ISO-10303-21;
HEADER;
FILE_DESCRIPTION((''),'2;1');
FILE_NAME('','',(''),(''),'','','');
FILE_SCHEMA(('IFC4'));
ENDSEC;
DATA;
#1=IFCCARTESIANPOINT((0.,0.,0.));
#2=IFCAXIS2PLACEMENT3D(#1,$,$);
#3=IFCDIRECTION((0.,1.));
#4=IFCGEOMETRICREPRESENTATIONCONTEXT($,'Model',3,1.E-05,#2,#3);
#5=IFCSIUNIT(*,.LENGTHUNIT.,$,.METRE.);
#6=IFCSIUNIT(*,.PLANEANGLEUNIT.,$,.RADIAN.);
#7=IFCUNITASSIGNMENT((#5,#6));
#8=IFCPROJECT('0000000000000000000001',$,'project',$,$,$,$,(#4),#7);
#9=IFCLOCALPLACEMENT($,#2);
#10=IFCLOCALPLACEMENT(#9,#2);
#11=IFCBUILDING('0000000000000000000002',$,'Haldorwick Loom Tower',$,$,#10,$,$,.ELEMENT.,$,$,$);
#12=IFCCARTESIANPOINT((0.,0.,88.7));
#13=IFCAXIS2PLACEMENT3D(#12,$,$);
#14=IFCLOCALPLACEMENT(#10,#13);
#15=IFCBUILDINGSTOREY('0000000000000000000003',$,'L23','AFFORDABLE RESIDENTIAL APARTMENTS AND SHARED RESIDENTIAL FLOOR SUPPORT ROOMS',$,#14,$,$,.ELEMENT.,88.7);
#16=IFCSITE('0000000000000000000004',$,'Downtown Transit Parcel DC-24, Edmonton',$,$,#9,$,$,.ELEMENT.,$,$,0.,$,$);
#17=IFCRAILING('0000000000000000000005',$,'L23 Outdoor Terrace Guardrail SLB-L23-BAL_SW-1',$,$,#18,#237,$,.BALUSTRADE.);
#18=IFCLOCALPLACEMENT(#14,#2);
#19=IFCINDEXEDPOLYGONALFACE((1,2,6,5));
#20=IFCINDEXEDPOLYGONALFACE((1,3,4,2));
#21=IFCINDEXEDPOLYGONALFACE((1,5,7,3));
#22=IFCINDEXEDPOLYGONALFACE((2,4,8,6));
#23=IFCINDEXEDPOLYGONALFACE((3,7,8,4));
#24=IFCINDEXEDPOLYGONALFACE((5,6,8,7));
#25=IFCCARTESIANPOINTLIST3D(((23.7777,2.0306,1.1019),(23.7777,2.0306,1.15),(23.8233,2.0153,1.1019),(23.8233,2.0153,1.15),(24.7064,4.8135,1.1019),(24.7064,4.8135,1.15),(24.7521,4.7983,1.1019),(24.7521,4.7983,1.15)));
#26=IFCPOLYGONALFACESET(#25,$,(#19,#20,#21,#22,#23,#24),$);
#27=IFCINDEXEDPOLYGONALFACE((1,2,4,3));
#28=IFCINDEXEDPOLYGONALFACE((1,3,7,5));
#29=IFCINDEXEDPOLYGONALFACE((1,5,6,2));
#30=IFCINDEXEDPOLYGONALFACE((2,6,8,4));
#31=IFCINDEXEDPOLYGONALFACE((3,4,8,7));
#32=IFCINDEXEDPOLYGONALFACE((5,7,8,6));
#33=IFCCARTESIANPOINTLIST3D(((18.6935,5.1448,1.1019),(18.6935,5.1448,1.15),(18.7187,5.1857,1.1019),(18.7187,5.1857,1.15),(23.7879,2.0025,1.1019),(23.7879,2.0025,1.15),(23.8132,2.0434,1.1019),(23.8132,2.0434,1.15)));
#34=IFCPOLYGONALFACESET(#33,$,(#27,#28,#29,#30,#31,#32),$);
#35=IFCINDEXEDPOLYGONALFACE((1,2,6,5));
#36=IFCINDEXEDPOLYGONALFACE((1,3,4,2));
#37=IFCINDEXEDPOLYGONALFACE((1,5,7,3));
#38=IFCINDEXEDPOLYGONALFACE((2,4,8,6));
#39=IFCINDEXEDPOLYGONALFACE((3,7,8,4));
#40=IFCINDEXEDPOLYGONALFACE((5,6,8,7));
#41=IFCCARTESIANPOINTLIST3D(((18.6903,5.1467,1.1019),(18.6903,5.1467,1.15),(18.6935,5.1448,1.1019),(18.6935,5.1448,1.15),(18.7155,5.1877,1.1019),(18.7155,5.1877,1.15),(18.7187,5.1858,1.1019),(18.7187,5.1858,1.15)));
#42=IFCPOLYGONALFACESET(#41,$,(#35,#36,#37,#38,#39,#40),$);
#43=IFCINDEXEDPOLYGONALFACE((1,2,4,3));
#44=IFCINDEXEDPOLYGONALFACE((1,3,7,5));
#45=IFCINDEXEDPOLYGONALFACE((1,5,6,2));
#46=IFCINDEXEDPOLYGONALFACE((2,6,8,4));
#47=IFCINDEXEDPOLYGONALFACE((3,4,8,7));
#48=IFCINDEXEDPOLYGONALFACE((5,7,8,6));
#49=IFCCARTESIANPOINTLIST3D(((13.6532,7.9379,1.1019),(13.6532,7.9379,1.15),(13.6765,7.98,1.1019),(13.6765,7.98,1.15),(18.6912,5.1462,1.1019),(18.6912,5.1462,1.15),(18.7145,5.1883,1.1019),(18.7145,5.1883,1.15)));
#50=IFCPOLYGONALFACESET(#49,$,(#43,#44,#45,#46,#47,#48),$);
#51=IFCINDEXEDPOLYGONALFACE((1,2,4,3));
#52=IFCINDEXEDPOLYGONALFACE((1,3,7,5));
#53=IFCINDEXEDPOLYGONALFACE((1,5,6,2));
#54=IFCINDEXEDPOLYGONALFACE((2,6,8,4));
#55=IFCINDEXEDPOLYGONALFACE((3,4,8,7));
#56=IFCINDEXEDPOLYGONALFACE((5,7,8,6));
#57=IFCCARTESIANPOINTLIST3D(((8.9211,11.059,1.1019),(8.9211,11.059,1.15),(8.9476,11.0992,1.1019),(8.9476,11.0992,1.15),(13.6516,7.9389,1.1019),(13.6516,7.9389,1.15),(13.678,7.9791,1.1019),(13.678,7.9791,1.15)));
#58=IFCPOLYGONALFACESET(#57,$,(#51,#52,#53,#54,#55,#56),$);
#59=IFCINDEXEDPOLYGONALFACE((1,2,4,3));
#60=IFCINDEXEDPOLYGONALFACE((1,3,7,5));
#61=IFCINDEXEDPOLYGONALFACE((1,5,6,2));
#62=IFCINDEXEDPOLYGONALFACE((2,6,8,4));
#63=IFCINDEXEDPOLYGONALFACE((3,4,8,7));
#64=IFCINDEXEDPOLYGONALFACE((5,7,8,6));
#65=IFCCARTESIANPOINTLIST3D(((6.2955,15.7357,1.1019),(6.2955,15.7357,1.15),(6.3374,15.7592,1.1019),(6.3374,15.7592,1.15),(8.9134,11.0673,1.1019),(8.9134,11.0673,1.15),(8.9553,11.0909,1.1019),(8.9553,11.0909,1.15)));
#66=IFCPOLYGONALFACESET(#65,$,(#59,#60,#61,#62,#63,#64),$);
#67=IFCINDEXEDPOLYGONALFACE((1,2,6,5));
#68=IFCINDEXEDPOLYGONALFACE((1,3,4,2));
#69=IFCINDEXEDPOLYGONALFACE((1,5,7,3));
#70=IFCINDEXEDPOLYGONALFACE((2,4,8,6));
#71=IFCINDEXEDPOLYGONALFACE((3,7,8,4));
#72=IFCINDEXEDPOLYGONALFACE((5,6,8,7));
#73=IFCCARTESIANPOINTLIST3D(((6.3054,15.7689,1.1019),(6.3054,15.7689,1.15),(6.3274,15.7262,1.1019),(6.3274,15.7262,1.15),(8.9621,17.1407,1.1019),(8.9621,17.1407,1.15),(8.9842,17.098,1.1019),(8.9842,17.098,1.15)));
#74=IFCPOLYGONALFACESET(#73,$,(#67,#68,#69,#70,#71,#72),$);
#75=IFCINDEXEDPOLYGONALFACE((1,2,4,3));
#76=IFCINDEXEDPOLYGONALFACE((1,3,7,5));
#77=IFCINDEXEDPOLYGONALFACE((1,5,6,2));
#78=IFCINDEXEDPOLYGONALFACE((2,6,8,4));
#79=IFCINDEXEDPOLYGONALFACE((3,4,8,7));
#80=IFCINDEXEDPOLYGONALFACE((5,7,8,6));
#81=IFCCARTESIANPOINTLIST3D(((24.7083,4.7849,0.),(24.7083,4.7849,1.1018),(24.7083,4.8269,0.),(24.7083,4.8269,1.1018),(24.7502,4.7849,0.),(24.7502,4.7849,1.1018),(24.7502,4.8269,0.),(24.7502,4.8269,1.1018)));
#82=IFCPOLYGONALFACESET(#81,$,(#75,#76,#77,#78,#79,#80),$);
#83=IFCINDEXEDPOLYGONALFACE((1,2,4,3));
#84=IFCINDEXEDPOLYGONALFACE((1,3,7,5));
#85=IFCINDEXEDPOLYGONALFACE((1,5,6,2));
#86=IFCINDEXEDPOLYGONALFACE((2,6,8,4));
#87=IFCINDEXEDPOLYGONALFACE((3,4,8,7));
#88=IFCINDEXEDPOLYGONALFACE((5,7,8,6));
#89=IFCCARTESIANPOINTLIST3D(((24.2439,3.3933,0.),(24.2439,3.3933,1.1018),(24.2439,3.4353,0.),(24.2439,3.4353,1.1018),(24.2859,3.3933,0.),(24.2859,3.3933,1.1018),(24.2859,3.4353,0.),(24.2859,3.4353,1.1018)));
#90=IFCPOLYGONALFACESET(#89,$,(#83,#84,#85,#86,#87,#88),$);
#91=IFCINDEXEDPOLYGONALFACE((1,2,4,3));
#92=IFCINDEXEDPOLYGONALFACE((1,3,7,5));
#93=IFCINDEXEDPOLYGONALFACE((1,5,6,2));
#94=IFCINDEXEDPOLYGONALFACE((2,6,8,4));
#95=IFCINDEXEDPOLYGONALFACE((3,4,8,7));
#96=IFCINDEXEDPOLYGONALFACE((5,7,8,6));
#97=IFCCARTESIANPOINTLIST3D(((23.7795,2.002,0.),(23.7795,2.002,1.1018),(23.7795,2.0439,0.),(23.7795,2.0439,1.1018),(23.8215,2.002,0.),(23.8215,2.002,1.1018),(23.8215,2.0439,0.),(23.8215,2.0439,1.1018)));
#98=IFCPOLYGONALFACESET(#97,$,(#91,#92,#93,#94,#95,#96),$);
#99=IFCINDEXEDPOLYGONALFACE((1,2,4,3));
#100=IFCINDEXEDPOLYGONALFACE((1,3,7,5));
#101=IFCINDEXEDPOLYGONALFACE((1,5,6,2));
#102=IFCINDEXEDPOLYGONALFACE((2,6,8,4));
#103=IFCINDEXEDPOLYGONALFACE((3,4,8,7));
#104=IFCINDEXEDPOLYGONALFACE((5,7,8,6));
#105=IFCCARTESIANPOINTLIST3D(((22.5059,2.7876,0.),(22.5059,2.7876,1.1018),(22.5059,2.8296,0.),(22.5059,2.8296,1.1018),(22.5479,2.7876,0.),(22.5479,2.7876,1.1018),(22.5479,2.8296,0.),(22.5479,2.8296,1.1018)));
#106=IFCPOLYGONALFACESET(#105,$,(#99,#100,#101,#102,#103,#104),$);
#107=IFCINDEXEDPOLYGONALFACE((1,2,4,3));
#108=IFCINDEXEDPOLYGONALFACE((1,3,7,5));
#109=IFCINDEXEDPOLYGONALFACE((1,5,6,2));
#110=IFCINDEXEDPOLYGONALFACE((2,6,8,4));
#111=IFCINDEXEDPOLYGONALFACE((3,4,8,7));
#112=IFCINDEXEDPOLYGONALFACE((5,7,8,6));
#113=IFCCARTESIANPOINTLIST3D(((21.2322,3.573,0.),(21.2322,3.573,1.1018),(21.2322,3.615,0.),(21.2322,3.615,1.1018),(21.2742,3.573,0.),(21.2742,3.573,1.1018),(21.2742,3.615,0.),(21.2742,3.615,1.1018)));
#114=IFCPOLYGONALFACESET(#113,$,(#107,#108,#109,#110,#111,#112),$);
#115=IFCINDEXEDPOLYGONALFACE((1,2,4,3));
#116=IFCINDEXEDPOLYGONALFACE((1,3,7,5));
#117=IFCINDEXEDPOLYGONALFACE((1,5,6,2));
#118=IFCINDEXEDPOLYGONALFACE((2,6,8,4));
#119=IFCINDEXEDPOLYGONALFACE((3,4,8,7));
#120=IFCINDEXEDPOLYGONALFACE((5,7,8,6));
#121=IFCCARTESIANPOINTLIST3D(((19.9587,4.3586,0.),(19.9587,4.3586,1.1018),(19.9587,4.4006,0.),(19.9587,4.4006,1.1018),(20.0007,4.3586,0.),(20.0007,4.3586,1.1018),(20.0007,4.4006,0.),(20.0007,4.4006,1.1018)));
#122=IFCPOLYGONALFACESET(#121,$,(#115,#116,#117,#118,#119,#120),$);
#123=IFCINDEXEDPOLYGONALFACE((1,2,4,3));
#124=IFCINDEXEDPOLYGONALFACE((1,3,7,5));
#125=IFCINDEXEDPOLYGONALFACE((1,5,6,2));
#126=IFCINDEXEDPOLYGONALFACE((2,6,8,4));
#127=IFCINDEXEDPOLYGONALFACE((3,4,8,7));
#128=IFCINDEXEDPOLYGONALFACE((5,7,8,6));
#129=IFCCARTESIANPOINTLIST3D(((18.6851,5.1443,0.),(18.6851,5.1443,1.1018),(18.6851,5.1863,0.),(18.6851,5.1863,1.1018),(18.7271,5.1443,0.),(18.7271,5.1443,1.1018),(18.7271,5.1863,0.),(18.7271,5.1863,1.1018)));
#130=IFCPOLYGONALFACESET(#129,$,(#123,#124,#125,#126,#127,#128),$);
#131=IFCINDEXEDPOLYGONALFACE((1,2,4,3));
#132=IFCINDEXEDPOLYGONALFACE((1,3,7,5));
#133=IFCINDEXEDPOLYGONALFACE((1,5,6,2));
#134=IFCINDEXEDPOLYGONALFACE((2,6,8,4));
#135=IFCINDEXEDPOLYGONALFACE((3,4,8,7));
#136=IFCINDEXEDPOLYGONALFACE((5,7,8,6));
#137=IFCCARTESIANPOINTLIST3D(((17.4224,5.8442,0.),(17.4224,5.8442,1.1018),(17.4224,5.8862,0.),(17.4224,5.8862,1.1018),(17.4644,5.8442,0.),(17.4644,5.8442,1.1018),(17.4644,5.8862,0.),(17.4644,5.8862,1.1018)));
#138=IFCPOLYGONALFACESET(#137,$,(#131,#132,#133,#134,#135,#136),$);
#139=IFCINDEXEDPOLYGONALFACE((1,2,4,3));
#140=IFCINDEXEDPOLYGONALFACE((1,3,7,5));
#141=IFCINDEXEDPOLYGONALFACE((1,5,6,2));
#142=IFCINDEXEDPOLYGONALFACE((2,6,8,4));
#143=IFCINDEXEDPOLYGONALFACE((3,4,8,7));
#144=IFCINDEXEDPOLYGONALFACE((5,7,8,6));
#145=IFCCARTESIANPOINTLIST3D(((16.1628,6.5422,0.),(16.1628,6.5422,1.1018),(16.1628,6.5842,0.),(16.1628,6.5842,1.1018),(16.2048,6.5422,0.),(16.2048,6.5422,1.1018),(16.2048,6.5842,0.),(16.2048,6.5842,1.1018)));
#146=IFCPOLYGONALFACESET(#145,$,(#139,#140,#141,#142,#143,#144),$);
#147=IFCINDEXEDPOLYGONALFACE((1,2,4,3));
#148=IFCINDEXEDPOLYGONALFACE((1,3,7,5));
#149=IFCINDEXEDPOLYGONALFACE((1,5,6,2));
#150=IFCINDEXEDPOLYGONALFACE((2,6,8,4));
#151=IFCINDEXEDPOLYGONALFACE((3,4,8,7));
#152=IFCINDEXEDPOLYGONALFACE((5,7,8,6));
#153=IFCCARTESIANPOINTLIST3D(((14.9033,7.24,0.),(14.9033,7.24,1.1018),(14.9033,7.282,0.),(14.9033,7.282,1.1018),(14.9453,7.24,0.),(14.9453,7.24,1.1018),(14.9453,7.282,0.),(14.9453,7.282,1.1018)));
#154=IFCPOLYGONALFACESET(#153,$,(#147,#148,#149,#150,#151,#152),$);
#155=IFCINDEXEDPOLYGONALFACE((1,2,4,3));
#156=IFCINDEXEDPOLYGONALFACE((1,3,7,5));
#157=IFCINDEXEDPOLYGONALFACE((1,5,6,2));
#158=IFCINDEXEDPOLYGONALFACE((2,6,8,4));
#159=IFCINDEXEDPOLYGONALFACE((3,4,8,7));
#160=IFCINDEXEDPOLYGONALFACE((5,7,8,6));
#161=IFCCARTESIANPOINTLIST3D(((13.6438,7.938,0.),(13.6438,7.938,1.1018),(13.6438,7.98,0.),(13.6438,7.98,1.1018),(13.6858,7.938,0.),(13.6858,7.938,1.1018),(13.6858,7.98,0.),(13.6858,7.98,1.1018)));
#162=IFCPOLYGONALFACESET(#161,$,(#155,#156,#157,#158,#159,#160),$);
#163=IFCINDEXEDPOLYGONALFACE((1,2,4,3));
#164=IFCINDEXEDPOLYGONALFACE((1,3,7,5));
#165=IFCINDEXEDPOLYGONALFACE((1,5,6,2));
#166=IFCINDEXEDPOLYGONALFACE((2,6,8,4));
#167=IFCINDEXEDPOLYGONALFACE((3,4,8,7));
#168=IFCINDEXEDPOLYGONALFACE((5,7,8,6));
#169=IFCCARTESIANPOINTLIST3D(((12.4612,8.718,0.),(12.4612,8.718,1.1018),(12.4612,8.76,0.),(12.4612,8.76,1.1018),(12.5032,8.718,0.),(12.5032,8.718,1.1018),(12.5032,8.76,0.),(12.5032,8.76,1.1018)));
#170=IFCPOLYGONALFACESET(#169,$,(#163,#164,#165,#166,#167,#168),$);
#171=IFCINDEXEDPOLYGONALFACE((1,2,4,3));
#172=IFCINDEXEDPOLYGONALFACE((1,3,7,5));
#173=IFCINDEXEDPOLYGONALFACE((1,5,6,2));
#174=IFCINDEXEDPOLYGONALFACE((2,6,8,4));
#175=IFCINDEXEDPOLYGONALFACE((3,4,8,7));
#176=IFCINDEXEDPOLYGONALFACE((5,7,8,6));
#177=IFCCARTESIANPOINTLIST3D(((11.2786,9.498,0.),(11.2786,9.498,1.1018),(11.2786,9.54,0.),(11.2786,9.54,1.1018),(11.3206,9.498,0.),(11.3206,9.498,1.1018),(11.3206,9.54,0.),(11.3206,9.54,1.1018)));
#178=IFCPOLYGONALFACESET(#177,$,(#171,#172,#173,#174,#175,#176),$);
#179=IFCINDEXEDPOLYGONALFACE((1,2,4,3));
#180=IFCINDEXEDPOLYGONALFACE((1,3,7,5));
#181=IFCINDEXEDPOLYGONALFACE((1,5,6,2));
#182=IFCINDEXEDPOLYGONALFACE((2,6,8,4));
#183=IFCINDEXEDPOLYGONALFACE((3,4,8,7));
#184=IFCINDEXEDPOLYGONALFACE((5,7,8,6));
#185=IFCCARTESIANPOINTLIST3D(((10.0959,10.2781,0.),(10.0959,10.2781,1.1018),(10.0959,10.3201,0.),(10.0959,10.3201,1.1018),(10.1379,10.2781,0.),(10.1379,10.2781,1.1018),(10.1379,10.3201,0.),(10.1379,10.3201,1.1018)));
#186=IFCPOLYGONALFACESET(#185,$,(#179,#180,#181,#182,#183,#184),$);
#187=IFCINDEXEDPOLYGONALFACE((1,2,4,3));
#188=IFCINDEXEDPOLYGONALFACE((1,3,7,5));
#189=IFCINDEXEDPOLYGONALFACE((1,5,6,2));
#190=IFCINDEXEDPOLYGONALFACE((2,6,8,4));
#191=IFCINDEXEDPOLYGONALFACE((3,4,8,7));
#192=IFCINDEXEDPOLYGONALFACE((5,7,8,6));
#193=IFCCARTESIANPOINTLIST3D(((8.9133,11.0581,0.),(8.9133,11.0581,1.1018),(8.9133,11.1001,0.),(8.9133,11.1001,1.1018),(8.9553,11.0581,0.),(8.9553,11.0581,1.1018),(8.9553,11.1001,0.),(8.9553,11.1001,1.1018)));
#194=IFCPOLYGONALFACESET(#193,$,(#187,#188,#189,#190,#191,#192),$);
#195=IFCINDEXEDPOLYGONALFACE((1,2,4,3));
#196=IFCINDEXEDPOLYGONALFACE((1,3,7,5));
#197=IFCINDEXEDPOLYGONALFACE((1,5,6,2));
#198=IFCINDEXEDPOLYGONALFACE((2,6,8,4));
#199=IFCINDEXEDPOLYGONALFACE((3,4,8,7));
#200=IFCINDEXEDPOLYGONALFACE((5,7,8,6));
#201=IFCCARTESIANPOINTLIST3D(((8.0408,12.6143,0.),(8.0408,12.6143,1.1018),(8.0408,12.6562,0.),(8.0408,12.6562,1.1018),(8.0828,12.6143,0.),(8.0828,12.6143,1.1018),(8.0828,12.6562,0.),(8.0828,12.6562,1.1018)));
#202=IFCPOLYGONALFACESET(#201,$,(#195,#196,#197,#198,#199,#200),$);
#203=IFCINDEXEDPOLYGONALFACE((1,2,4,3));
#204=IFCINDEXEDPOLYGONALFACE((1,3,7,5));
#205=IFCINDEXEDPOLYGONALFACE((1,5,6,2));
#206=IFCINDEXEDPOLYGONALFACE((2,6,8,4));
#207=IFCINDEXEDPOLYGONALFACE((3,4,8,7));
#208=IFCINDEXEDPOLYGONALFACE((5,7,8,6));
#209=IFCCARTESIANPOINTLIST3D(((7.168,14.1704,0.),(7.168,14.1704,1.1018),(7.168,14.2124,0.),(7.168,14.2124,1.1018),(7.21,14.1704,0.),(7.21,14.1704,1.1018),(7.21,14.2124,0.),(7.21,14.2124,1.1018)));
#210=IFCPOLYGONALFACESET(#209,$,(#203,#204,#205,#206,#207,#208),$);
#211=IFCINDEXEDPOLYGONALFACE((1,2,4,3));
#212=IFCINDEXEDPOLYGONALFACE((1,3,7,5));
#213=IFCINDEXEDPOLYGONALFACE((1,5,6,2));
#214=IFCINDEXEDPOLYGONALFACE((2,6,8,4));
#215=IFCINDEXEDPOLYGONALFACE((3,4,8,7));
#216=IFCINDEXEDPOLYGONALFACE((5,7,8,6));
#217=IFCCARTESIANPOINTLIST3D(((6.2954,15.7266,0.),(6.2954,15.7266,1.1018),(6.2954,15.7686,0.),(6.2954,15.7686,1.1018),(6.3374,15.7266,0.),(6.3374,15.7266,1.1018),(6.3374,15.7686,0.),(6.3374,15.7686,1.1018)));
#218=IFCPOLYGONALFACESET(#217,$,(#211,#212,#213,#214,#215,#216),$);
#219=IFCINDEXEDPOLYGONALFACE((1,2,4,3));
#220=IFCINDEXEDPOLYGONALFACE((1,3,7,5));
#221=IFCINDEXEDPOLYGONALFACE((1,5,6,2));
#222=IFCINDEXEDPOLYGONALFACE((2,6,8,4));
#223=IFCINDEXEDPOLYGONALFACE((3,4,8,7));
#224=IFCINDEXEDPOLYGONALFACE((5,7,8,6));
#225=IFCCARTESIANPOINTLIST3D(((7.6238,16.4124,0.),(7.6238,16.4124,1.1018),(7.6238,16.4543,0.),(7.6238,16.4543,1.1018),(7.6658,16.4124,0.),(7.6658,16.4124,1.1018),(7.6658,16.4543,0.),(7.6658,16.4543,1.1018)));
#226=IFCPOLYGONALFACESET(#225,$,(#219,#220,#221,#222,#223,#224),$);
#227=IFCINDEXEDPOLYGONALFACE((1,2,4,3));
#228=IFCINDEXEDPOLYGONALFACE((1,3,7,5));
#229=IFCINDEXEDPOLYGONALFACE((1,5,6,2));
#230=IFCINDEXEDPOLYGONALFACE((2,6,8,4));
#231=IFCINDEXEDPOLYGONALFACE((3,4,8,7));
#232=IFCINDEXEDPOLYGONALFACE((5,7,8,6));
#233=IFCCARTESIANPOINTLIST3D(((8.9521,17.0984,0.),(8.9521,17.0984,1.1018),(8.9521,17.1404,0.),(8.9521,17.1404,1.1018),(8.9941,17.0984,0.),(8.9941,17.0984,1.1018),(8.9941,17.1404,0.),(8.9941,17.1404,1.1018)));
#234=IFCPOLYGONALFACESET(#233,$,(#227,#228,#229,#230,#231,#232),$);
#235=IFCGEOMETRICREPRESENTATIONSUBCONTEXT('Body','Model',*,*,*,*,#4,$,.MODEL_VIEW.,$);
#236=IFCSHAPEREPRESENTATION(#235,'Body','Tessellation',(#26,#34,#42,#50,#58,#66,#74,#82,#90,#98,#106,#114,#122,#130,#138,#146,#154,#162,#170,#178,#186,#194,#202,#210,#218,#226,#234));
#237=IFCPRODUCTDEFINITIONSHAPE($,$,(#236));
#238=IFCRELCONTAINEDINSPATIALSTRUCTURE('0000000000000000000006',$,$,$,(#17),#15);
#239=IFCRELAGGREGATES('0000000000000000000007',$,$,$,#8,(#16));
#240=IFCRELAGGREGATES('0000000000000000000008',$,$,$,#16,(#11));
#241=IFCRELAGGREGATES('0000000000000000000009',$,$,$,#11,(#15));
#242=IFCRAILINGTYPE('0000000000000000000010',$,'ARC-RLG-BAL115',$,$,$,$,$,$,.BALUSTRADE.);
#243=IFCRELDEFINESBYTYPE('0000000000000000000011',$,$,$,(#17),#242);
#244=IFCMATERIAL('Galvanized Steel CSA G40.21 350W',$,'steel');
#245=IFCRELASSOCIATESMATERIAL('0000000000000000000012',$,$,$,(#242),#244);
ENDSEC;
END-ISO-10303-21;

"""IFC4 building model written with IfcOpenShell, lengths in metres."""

from ifc_helpers import new_model, si_unit, direction, frame, origin, origin_2d, place, context, subcontext, project, spatial, rectangle, extrude, material, type_object, element, save


model = new_model("IFC4")

# Units and contexts
model_context = context("Model", 3, precision=1e-05, world=origin(), true_north=direction((0.0, 1.0)))
body_context = subcontext(model_context, "Body", "Model", "MODEL_VIEW")
ifc_project = project(units=[si_unit("LENGTHUNIT", "METRE"), si_unit("PLANEANGLEUNIT", "RADIAN")], contexts=[model_context])

# Site, building, storey
site_placement = place(None, origin())
site = spatial("IfcSite", under=ifc_project, at=site_placement, Name="Downtown Transit Parcel DC-24, Edmonton", CompositionType="ELEMENT", RefElevation=0.0)
building_placement = place(site_placement, origin())
building = spatial("IfcBuilding", under=site, at=building_placement, Name="Haldorwick Loom Tower", CompositionType="ELEMENT")
storey_placement = place(building_placement, frame((0.0, 0.0, 88.7)))
storey = spatial("IfcBuildingStorey", under=building, at=storey_placement, Name="L23", Description="AFFORDABLE RESIDENTIAL APARTMENTS AND SHARED RESIDENTIAL FLOOR SUPPORT ROOMS", CompositionType="ELEMENT", Elevation=88.7)

# Railing
ifc_material_1 = material(Name="Galvanized Steel CSA G40.21 350W", Category="steel")
railing_type = type_object("IfcRailingType", Name="ARC-RLG-BAL115", PredefinedType="BALUSTRADE", material=ifc_material_1)
railing_placement = place(storey_placement, frame((24.7292, 4.8059, 0.0)))
element("IfcRailing", 1, at=railing_placement, inside=storey, type_object=railing_type, Name="L23 Outdoor Terrace Guardrail SLB-L23-BAL_SW-1", PredefinedType="BALUSTRADE", context=body_context, shape_type="SweptSolid", body=[
    extrude(rectangle(XDim=0.0481, YDim=0.0481, at=origin_2d()), frame((0.0, 0.0, 1.126), z_axis=(-0.316552, -0.948575, 0.0), x_axis=(0.948575, -0.316552, 0.0)), (0.0, 0.0, 1.0), 2.9338),
    extrude(rectangle(XDim=0.0481, YDim=0.0481, at=origin_2d()), frame((-0.9287, -2.783, 1.126), z_axis=(-0.851116, 0.524978, 0.0), x_axis=(-0.524978, -0.851116, 0.0)), (0.0, 0.0, 1.0), 5.9856),
    extrude(rectangle(XDim=0.0481, YDim=0.0481, at=origin_2d()), frame((-6.0232, 0.3594, 1.126), z_axis=(-0.851658, 0.524097, 0.0), x_axis=(-0.524097, -0.851658, 0.0)), (0.0, 0.0, 1.0), 0.0037),
    extrude(rectangle(XDim=0.0481, YDim=0.0481, at=origin_2d()), frame((-6.0264, 0.3613, 1.126), z_axis=(-0.874687, 0.484689, 0.0), x_axis=(-0.484689, -0.874687, 0.0)), (0.0, 0.0, 1.0), 5.7598),
    extrude(rectangle(XDim=0.0481, YDim=0.0481, at=origin_2d()), frame((-11.0645, 3.1531, 1.126), z_axis=(-0.834771, 0.550597, 0.0), x_axis=(-0.550597, -0.834771, 0.0)), (0.0, 0.0, 1.0), 5.6667),
    extrude(rectangle(XDim=0.0481, YDim=0.0481, at=origin_2d()), frame((-15.7949, 6.2732, 1.126), z_axis=(-0.489113, 0.87222, 0.0), x_axis=(-0.87222, -0.489113, 0.0)), (0.0, 0.0, 1.0), 5.3523),
    extrude(rectangle(XDim=0.0481, YDim=0.0481, at=origin_2d()), frame((-18.4128, 10.9417, 1.126), z_axis=(0.888538, 0.458803, 0.0), x_axis=(-0.458803, 0.888538, 0.0)), (0.0, 0.0, 1.0), 2.99),
    extrude(rectangle(XDim=0.042, YDim=0.042, at=origin_2d()), origin(), (0.0, 0.0, 1.0), 1.1018),
    extrude(rectangle(XDim=0.042, YDim=0.042, at=origin_2d()), frame((-0.4644, -1.3916, 0.0)), (0.0, 0.0, 1.0), 1.1018),
    extrude(rectangle(XDim=0.042, YDim=0.042, at=origin_2d()), frame((-0.9287, -2.783, 0.0)), (0.0, 0.0, 1.0), 1.1018),
    extrude(rectangle(XDim=0.042, YDim=0.042, at=origin_2d()), frame((-2.2024, -1.9973, 0.0)), (0.0, 0.0, 1.0), 1.1018),
    extrude(rectangle(XDim=0.042, YDim=0.042, at=origin_2d()), frame((-3.4761, -1.2119, 0.0)), (0.0, 0.0, 1.0), 1.1018),
    extrude(rectangle(XDim=0.042, YDim=0.042, at=origin_2d()), frame((-4.7495, -0.4263, 0.0)), (0.0, 0.0, 1.0), 1.1018),
    extrude(rectangle(XDim=0.042, YDim=0.042, at=origin_2d()), frame((-6.0232, 0.3594, 0.0)), (0.0, 0.0, 1.0), 1.1018),
    extrude(rectangle(XDim=0.042, YDim=0.042, at=origin_2d()), frame((-7.2859, 1.0593, 0.0)), (0.0, 0.0, 1.0), 1.1018),
    extrude(rectangle(XDim=0.042, YDim=0.042, at=origin_2d()), frame((-8.5454, 1.7573, 0.0)), (0.0, 0.0, 1.0), 1.1018),
    extrude(rectangle(XDim=0.042, YDim=0.042, at=origin_2d()), frame((-9.8049, 2.4551, 0.0)), (0.0, 0.0, 1.0), 1.1018),
    extrude(rectangle(XDim=0.042, YDim=0.042, at=origin_2d()), frame((-11.0645, 3.1531, 0.0)), (0.0, 0.0, 1.0), 1.1018),
    extrude(rectangle(XDim=0.042, YDim=0.042, at=origin_2d()), frame((-12.2471, 3.9331, 0.0)), (0.0, 0.0, 1.0), 1.1018),
    extrude(rectangle(XDim=0.042, YDim=0.042, at=origin_2d()), frame((-13.4297, 4.7131, 0.0)), (0.0, 0.0, 1.0), 1.1018),
    extrude(rectangle(XDim=0.042, YDim=0.042, at=origin_2d()), frame((-14.6123, 5.4932, 0.0)), (0.0, 0.0, 1.0), 1.1018),
    extrude(rectangle(XDim=0.042, YDim=0.042, at=origin_2d()), frame((-15.7949, 6.2732, 0.0)), (0.0, 0.0, 1.0), 1.1018),
    extrude(rectangle(XDim=0.042, YDim=0.042, at=origin_2d()), frame((-16.6675, 7.8293, 0.0)), (0.0, 0.0, 1.0), 1.1018),
    extrude(rectangle(XDim=0.042, YDim=0.042, at=origin_2d()), frame((-17.5403, 9.3855, 0.0)), (0.0, 0.0, 1.0), 1.1018),
    extrude(rectangle(XDim=0.042, YDim=0.042, at=origin_2d()), frame((-18.4128, 10.9417, 0.0)), (0.0, 0.0, 1.0), 1.1018),
    extrude(rectangle(XDim=0.042, YDim=0.042, at=origin_2d()), frame((-17.0845, 11.6274, 0.0)), (0.0, 0.0, 1.0), 1.1018),
    extrude(rectangle(XDim=0.042, YDim=0.042, at=origin_2d()), frame((-15.7561, 12.3135, 0.0)), (0.0, 0.0, 1.0), 1.1018),
])

save(model, "model.ifc")
